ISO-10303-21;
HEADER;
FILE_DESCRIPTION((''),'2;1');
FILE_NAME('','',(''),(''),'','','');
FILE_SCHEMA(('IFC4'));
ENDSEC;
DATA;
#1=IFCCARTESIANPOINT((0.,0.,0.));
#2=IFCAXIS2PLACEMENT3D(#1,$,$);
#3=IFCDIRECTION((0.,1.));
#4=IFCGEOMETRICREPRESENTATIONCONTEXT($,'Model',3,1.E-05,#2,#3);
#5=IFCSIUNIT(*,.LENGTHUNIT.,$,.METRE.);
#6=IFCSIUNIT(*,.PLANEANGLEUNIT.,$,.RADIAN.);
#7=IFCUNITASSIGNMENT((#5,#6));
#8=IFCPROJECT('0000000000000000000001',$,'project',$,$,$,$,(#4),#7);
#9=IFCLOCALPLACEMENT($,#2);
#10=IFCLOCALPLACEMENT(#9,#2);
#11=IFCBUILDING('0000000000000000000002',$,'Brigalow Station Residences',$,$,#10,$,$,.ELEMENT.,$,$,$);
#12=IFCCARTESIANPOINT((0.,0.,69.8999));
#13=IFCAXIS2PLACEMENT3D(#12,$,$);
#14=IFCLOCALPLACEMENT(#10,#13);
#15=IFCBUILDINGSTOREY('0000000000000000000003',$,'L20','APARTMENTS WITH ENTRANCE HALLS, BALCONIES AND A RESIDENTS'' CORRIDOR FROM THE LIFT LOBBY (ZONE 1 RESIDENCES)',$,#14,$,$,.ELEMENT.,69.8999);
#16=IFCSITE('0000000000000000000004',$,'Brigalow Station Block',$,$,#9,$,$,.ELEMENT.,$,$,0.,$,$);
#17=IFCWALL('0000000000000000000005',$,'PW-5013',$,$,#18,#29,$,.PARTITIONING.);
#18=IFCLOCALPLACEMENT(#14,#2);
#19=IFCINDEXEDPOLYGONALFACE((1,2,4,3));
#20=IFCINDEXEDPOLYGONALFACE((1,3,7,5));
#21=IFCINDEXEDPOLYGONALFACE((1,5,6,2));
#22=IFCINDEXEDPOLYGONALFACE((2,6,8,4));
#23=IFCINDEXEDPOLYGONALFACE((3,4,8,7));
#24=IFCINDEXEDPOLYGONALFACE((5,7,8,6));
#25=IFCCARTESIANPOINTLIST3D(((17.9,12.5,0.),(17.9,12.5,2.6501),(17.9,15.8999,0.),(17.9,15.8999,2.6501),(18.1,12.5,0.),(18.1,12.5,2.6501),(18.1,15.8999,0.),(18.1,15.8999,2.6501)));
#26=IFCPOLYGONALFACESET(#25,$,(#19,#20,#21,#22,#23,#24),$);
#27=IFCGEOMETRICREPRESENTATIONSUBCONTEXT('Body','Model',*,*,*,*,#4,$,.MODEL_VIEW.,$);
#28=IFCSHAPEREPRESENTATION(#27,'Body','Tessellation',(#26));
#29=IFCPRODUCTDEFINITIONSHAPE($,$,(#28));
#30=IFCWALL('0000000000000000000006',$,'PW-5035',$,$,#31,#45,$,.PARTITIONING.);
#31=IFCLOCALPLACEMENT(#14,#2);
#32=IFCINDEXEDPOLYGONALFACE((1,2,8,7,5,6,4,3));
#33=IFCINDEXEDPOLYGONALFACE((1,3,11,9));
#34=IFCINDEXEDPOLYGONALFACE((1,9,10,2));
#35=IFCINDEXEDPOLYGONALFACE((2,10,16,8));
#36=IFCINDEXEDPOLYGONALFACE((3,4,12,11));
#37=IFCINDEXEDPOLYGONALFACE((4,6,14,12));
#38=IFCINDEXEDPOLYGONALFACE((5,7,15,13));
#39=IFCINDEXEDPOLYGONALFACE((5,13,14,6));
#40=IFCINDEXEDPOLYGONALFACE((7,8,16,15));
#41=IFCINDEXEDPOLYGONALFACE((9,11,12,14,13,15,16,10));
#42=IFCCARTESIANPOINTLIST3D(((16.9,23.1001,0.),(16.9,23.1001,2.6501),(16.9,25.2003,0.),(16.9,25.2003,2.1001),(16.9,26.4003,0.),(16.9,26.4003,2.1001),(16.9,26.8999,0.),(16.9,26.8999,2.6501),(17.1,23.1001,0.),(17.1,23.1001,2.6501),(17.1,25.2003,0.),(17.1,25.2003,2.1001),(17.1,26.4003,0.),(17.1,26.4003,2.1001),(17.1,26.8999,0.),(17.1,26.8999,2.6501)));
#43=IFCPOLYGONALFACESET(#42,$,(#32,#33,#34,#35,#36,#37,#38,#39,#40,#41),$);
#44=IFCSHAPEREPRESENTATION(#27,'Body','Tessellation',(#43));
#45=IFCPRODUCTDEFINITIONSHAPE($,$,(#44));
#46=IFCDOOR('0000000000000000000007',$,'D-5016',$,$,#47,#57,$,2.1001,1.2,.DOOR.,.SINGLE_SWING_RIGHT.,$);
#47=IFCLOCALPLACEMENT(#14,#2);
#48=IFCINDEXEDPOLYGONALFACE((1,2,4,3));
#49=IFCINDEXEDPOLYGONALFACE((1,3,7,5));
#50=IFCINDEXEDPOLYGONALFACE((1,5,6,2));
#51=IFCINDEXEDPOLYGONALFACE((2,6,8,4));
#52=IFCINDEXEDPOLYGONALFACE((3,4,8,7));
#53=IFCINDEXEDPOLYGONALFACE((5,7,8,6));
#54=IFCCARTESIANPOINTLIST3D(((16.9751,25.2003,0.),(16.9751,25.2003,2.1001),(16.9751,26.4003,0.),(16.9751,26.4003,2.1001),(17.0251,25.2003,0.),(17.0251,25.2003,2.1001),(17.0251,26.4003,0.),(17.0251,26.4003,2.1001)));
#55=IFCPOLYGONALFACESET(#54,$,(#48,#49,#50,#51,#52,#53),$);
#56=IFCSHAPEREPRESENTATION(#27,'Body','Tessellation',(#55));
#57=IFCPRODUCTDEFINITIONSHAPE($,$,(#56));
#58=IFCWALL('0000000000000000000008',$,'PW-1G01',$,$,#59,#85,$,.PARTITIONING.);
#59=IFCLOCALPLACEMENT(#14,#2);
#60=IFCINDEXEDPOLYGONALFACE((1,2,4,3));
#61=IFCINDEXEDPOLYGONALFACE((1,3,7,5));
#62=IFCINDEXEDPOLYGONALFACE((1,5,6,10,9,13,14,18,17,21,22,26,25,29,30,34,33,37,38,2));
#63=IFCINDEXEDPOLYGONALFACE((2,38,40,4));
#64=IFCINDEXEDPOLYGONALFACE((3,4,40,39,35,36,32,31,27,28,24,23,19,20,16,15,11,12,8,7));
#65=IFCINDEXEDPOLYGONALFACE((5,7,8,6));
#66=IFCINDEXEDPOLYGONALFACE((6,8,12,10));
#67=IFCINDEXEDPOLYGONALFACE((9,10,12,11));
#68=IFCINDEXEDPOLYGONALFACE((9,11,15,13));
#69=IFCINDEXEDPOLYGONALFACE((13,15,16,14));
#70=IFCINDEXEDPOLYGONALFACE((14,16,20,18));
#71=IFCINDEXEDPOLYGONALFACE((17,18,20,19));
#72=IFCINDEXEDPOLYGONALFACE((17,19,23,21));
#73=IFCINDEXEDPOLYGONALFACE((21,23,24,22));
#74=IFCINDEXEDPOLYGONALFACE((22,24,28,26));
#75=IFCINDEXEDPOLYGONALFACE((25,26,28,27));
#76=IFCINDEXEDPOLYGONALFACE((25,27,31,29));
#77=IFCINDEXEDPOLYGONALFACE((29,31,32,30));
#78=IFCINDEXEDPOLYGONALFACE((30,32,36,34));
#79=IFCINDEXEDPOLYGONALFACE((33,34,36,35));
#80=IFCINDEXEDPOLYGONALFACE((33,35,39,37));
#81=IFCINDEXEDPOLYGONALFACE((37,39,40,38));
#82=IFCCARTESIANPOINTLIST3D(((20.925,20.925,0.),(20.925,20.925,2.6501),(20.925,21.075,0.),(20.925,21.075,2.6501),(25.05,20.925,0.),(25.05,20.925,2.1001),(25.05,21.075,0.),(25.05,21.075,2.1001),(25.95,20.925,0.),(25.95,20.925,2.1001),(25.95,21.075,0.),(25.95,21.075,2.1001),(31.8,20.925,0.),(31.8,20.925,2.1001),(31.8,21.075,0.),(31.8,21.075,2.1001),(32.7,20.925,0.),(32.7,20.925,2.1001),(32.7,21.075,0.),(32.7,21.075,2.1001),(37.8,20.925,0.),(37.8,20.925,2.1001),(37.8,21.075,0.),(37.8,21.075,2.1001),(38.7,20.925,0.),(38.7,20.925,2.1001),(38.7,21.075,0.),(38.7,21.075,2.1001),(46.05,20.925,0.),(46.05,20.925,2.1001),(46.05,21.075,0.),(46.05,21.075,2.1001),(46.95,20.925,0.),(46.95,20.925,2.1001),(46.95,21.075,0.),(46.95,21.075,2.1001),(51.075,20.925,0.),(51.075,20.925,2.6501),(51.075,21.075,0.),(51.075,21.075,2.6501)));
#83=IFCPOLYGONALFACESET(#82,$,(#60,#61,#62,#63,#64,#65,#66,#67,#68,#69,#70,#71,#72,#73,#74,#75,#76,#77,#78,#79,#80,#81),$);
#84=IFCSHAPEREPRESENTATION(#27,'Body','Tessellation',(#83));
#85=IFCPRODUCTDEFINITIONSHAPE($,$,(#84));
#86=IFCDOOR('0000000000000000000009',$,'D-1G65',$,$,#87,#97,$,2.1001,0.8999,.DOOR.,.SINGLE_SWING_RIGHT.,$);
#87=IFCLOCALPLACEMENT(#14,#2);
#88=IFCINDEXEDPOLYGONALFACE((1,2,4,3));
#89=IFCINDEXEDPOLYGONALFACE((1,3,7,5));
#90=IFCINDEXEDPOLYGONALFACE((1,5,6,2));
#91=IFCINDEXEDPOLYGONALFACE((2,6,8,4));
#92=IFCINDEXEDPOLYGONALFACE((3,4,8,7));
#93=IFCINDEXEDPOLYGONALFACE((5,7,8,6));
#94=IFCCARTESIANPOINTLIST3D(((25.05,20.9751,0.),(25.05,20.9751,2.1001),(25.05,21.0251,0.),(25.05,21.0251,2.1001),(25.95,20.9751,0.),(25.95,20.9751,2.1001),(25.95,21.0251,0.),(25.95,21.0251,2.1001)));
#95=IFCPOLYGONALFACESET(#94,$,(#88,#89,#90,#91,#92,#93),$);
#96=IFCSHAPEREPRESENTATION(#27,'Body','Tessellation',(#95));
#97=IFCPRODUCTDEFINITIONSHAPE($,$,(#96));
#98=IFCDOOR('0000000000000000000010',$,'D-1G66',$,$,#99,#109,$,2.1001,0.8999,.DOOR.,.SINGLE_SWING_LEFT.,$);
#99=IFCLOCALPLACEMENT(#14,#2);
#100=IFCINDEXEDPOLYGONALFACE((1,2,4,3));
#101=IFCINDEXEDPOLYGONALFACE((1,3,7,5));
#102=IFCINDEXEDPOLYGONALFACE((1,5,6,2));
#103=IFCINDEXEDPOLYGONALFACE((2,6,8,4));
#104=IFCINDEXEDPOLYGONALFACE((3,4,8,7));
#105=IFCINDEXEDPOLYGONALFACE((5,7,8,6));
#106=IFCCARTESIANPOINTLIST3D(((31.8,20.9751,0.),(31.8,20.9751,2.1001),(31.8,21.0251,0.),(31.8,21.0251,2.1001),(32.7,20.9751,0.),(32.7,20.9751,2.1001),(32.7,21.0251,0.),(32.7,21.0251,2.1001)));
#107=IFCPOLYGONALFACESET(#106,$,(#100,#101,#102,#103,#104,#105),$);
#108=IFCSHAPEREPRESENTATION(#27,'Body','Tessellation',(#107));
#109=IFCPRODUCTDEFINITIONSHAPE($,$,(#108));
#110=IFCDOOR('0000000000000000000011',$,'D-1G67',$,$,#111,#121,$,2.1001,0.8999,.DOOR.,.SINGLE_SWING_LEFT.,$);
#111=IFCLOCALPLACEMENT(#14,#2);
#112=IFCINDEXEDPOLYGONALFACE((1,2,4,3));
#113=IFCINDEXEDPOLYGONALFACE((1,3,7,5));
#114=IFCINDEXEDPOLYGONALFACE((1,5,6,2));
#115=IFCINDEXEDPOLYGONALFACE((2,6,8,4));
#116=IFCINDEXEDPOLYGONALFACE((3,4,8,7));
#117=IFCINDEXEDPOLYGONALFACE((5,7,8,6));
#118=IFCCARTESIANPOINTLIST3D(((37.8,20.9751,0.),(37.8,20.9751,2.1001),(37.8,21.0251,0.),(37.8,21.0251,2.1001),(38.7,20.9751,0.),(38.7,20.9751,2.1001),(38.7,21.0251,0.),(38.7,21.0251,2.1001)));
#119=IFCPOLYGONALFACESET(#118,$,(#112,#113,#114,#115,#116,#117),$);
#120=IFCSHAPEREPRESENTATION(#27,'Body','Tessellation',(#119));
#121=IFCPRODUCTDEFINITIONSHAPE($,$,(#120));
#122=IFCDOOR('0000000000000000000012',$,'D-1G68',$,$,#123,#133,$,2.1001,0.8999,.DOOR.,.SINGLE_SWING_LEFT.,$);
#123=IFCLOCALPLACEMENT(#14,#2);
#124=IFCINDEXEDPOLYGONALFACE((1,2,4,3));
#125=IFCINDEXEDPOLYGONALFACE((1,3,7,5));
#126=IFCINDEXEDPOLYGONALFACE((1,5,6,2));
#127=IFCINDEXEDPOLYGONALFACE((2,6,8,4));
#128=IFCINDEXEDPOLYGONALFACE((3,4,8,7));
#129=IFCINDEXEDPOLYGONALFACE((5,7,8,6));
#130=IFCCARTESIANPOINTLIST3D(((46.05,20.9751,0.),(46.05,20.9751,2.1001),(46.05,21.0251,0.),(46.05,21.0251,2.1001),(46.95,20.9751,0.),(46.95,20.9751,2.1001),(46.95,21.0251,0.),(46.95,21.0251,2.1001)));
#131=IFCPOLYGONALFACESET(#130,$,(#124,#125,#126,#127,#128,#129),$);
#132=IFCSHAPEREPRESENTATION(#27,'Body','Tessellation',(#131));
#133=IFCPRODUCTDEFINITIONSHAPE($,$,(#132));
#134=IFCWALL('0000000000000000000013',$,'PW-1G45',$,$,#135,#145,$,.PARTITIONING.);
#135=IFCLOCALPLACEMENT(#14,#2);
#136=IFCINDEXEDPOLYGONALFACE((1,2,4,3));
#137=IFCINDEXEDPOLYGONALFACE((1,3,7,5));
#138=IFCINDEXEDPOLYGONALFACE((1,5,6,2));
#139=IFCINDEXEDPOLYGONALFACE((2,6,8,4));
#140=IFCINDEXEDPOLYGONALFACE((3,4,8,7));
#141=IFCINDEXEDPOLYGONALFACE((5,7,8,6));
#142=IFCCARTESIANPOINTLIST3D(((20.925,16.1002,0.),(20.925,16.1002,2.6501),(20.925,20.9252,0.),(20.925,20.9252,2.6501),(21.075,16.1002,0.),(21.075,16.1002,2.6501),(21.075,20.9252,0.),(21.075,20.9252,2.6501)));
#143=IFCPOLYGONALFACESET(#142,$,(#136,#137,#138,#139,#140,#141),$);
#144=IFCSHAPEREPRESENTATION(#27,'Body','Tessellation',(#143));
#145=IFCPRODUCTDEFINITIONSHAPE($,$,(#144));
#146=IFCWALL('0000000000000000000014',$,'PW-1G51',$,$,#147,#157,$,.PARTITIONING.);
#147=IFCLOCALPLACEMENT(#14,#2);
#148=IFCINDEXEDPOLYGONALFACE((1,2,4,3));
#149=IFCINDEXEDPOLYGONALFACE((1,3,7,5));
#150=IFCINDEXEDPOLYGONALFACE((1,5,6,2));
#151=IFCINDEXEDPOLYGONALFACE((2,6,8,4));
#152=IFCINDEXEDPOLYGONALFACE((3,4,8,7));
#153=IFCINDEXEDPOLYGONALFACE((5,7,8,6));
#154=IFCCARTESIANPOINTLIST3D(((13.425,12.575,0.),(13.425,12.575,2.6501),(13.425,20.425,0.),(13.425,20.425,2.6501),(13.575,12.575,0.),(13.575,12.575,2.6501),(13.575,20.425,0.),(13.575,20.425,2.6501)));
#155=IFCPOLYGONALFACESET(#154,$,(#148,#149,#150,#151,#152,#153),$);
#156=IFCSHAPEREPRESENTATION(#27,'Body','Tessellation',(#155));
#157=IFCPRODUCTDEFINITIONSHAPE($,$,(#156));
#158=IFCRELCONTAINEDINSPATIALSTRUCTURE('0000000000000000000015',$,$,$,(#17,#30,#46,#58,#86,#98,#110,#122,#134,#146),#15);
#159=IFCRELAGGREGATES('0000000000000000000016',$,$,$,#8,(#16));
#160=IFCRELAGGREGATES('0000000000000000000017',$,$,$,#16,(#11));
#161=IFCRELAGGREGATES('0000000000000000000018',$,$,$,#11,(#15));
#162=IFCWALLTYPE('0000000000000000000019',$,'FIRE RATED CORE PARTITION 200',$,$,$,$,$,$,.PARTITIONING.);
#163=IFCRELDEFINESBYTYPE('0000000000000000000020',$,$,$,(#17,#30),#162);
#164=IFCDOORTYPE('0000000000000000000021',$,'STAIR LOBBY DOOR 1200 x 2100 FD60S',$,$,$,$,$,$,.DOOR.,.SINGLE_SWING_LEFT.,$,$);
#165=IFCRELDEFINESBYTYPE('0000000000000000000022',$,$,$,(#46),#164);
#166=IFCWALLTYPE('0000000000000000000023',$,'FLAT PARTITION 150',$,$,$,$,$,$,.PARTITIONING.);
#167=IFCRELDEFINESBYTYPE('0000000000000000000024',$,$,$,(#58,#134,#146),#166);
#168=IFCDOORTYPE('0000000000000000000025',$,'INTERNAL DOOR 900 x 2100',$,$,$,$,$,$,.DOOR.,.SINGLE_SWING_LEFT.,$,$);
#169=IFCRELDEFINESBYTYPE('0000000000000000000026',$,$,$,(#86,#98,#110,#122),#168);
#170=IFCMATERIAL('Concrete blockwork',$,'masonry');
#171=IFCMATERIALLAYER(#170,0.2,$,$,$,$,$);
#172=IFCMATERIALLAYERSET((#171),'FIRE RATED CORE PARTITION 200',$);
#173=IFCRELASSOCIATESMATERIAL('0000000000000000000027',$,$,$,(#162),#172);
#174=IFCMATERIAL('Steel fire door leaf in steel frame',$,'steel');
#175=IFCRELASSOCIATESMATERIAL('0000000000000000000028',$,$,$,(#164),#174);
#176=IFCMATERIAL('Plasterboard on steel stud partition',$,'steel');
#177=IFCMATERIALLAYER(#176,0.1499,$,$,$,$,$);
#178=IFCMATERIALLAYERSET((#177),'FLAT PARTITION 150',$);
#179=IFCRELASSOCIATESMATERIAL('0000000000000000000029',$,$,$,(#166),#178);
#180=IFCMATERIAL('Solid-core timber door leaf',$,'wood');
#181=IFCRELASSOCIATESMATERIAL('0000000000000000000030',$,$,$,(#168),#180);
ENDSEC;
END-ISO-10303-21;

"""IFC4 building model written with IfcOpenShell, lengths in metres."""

from ifc_helpers import new_model, si_unit, direction, frame, frame_2d, origin, place, context, subcontext, project, spatial, rectangle, extrude, material, layer, layer_set, type_object, element, fill, save


model = new_model("IFC4")

# Units and contexts
model_context = context("Model", 3, precision=1e-05, world=origin(), true_north=direction((0.0, 1.0)))
body_context = subcontext(model_context, "Body", "Model", "MODEL_VIEW")
ifc_project = project(units=[si_unit("LENGTHUNIT", "METRE"), si_unit("PLANEANGLEUNIT", "RADIAN")], contexts=[model_context])

# Site, building, storey
site_placement = place(None, origin())
site = spatial("IfcSite", under=ifc_project, at=site_placement, Name="Brigalow Station Block", CompositionType="ELEMENT", RefElevation=0.0)
building_placement = place(site_placement, origin())
building = spatial("IfcBuilding", under=site, at=building_placement, Name="Brigalow Station Residences", CompositionType="ELEMENT")
storey_placement = place(building_placement, frame((0.0, 0.0, 69.8999)))
storey = spatial("IfcBuildingStorey", under=building, at=storey_placement, Name="L20", Description="APARTMENTS WITH ENTRANCE HALLS, BALCONIES AND A RESIDENTS' CORRIDOR FROM THE LIFT LOBBY (ZONE 1 RESIDENCES)", CompositionType="ELEMENT", Elevation=69.8999)

# Wall
ifc_material_1 = material(Name="Concrete blockwork", Category="masonry")
ifc_layer_1 = layer(ifc_material_1, 0.2)
ifc_layer_set_1 = layer_set([ifc_layer_1], Name="FIRE RATED CORE PARTITION 200")
wall_type_1 = type_object("IfcWallType", Name="FIRE RATED CORE PARTITION 200", PredefinedType="PARTITIONING", material=ifc_layer_set_1)
wall_1_placement = place(storey_placement, frame((18.0, 12.5, 0.0), z_axis=(0.0, 0.0, 1.0), x_axis=(0.0, 1.0, 0.0)))
element("IfcWall", 1, at=wall_1_placement, inside=storey, type_object=wall_type_1, Name="PW-5013", PredefinedType="PARTITIONING", context=body_context, shape_type="SweptSolid", body=[
    extrude(rectangle(XDim=3.3999, YDim=0.2, at=frame_2d((1.7, 0.0))), origin(), (0.0, 0.0, 1.0), 2.6501),
])

# Wall, opening, door
wall_2_placement = place(storey_placement, frame((17.0, 23.1001, 0.0), z_axis=(0.0, 0.0, 1.0), x_axis=(0.0, 1.0, 0.0)))
wall_2 = element("IfcWall", 2, at=wall_2_placement, inside=storey, type_object=wall_type_1, Name="PW-5035", PredefinedType="PARTITIONING", context=body_context, shape_type="SweptSolid", body=[
    extrude(rectangle(XDim=3.7998, YDim=0.2, at=frame_2d((1.8999, 0.0))), origin(), (0.0, 0.0, 1.0), 2.6501),
])
opening_1_placement = place(wall_2_placement, frame((2.1001, 0.0, 0.0)))
opening_1 = element("IfcOpeningElement", 3, at=opening_1_placement, cuts=wall_2, PredefinedType="OPENING", context=body_context, shape_type="SweptSolid", body=[
    extrude(rectangle(XDim=1.2, YDim=2.1001, at=frame_2d((0.6001, 1.05))), frame((0.0, 0.1099, 0.0), z_axis=(0.0, -1.0, 0.0), x_axis=(1.0, 0.0, 0.0)), (0.0, 0.0, 1.0), 0.22),
])
ifc_material_2 = material(Name="Steel fire door leaf in steel frame", Category="steel")
door_type_1 = type_object("IfcDoorType", Name="STAIR LOBBY DOOR 1200 x 2100 FD60S", OperationType="SINGLE_SWING_LEFT", PredefinedType="DOOR", material=ifc_material_2)
door_1_placement = place(opening_1_placement, origin())
door_1 = element("IfcDoor", 4, at=door_1_placement, inside=storey, type_object=door_type_1, Name="D-5016", OperationType="SINGLE_SWING_RIGHT", OverallHeight=2.1001, OverallWidth=1.2, PredefinedType="DOOR", context=body_context, shape_type="SweptSolid", body=[
    extrude(rectangle(XDim=1.2, YDim=2.1001, at=frame_2d((0.6001, 1.05))), frame((0.0, 0.0249, 0.0), z_axis=(0.0, -1.0, 0.0), x_axis=(1.0, 0.0, 0.0)), (0.0, 0.0, 1.0), 0.05),
])
fill(opening_1, door_1)

# Wall, openings, doors
ifc_material_3 = material(Name="Plasterboard on steel stud partition", Category="steel")
ifc_layer_2 = layer(ifc_material_3, 0.1499)
ifc_layer_set_2 = layer_set([ifc_layer_2], Name="FLAT PARTITION 150")
wall_type_2 = type_object("IfcWallType", Name="FLAT PARTITION 150", PredefinedType="PARTITIONING", material=ifc_layer_set_2)
wall_3_placement = place(storey_placement, frame((20.925, 21.0, 0.0), z_axis=(0.0, 0.0, 1.0), x_axis=(1.0, 0.0, 0.0)))
wall_3 = element("IfcWall", 5, at=wall_3_placement, inside=storey, type_object=wall_type_2, Name="PW-1G01", PredefinedType="PARTITIONING", context=body_context, shape_type="SweptSolid", body=[
    extrude(rectangle(XDim=30.1499, YDim=0.1499, at=frame_2d((15.075, 0.0))), origin(), (0.0, 0.0, 1.0), 2.6501),
])
opening_2_placement = place(wall_3_placement, frame((4.125, 0.0, 0.0)))
opening_2 = element("IfcOpeningElement", 6, at=opening_2_placement, cuts=wall_3, PredefinedType="OPENING", context=body_context, shape_type="SweptSolid", body=[
    extrude(rectangle(XDim=0.8999, YDim=2.1001, at=frame_2d((0.45, 1.05))), frame((0.0, 0.085, 0.0), z_axis=(0.0, -1.0, 0.0), x_axis=(1.0, 0.0, 0.0)), (0.0, 0.0, 1.0), 0.1699),
])
opening_3_placement = place(wall_3_placement, frame((10.875, 0.0, 0.0)))
opening_3 = element("IfcOpeningElement", 7, at=opening_3_placement, cuts=wall_3, PredefinedType="OPENING", context=body_context, shape_type="SweptSolid", body=[
    extrude(rectangle(XDim=0.8999, YDim=2.1001, at=frame_2d((0.45, 1.05))), frame((0.0, 0.085, 0.0), z_axis=(0.0, -1.0, 0.0), x_axis=(1.0, 0.0, 0.0)), (0.0, 0.0, 1.0), 0.1699),
])
opening_4_placement = place(wall_3_placement, frame((16.875, 0.0, 0.0)))
opening_4 = element("IfcOpeningElement", 8, at=opening_4_placement, cuts=wall_3, PredefinedType="OPENING", context=body_context, shape_type="SweptSolid", body=[
    extrude(rectangle(XDim=0.8999, YDim=2.1001, at=frame_2d((0.45, 1.05))), frame((0.0, 0.085, 0.0), z_axis=(0.0, -1.0, 0.0), x_axis=(1.0, 0.0, 0.0)), (0.0, 0.0, 1.0), 0.1699),
])
opening_5_placement = place(wall_3_placement, frame((25.125, 0.0, 0.0)))
opening_5 = element("IfcOpeningElement", 9, at=opening_5_placement, cuts=wall_3, PredefinedType="OPENING", context=body_context, shape_type="SweptSolid", body=[
    extrude(rectangle(XDim=0.8999, YDim=2.1001, at=frame_2d((0.45, 1.05))), frame((0.0, 0.085, 0.0), z_axis=(0.0, -1.0, 0.0), x_axis=(1.0, 0.0, 0.0)), (0.0, 0.0, 1.0), 0.1699),
])
ifc_material_4 = material(Name="Solid-core timber door leaf", Category="wood")
door_type_2 = type_object("IfcDoorType", Name="INTERNAL DOOR 900 x 2100", OperationType="SINGLE_SWING_LEFT", PredefinedType="DOOR", material=ifc_material_4)
door_2_placement = place(opening_2_placement, frame((0.8999, 0.0, 0.0), z_axis=(0.0, 0.0, 1.0), x_axis=(-1.0, 0.0, 0.0)))
door_2 = element("IfcDoor", 10, at=door_2_placement, inside=storey, type_object=door_type_2, Name="D-1G65", OperationType="SINGLE_SWING_RIGHT", OverallHeight=2.1001, OverallWidth=0.8999, PredefinedType="DOOR", context=body_context, shape_type="SweptSolid", body=[
    extrude(rectangle(XDim=0.8999, YDim=2.1001, at=frame_2d((0.45, 1.05))), frame((0.0, 0.0249, 0.0), z_axis=(0.0, -1.0, 0.0), x_axis=(1.0, 0.0, 0.0)), (0.0, 0.0, 1.0), 0.05),
])
fill(opening_2, door_2)
door_3_placement = place(opening_3_placement, frame((0.8999, 0.0, 0.0), z_axis=(0.0, 0.0, 1.0), x_axis=(-1.0, 0.0, 0.0)))
door_3 = element("IfcDoor", 11, at=door_3_placement, inside=storey, type_object=door_type_2, Name="D-1G66", OperationType="SINGLE_SWING_LEFT", OverallHeight=2.1001, OverallWidth=0.8999, PredefinedType="DOOR", context=body_context, shape_type="SweptSolid", body=[
    extrude(rectangle(XDim=0.8999, YDim=2.1001, at=frame_2d((0.45, 1.05))), frame((0.0, 0.0249, 0.0), z_axis=(0.0, -1.0, 0.0), x_axis=(1.0, 0.0, 0.0)), (0.0, 0.0, 1.0), 0.05),
])
fill(opening_3, door_3)
door_4_placement = place(opening_4_placement, frame((0.8999, 0.0, 0.0), z_axis=(0.0, 0.0, 1.0), x_axis=(-1.0, 0.0, 0.0)))
door_4 = element("IfcDoor", 12, at=door_4_placement, inside=storey, type_object=door_type_2, Name="D-1G67", OperationType="SINGLE_SWING_LEFT", OverallHeight=2.1001, OverallWidth=0.8999, PredefinedType="DOOR", context=body_context, shape_type="SweptSolid", body=[
    extrude(rectangle(XDim=0.8999, YDim=2.1001, at=frame_2d((0.45, 1.05))), frame((0.0, 0.0249, 0.0), z_axis=(0.0, -1.0, 0.0), x_axis=(1.0, 0.0, 0.0)), (0.0, 0.0, 1.0), 0.05),
])
fill(opening_4, door_4)
door_5_placement = place(opening_5_placement, frame((0.8999, 0.0, 0.0), z_axis=(0.0, 0.0, 1.0), x_axis=(-1.0, 0.0, 0.0)))
door_5 = element("IfcDoor", 13, at=door_5_placement, inside=storey, type_object=door_type_2, Name="D-1G68", OperationType="SINGLE_SWING_LEFT", OverallHeight=2.1001, OverallWidth=0.8999, PredefinedType="DOOR", context=body_context, shape_type="SweptSolid", body=[
    extrude(rectangle(XDim=0.8999, YDim=2.1001, at=frame_2d((0.45, 1.05))), frame((0.0, 0.0249, 0.0), z_axis=(0.0, -1.0, 0.0), x_axis=(1.0, 0.0, 0.0)), (0.0, 0.0, 1.0), 0.05),
])
fill(opening_5, door_5)

# Walls
wall_4_placement = place(storey_placement, frame((21.0, 16.1001, 0.0), z_axis=(0.0, 0.0, 1.0), x_axis=(0.0, 1.0, 0.0)))
element("IfcWall", 14, at=wall_4_placement, inside=storey, type_object=wall_type_2, Name="PW-1G45", PredefinedType="PARTITIONING", context=body_context, shape_type="SweptSolid", body=[
    extrude(rectangle(XDim=4.825, YDim=0.1499, at=frame_2d((2.4126, 0.0))), origin(), (0.0, 0.0, 1.0), 2.6501),
])
wall_5_placement = place(storey_placement, frame((13.5, 12.575, 0.0), z_axis=(0.0, 0.0, 1.0), x_axis=(0.0, 1.0, 0.0)))
element("IfcWall", 15, at=wall_5_placement, inside=storey, type_object=wall_type_2, Name="PW-1G51", PredefinedType="PARTITIONING", context=body_context, shape_type="SweptSolid", body=[
    extrude(rectangle(XDim=7.8501, YDim=0.1499, at=frame_2d((3.925, 0.0))), origin(), (0.0, 0.0, 1.0), 2.6501),
])

save(model, "model.ifc")
